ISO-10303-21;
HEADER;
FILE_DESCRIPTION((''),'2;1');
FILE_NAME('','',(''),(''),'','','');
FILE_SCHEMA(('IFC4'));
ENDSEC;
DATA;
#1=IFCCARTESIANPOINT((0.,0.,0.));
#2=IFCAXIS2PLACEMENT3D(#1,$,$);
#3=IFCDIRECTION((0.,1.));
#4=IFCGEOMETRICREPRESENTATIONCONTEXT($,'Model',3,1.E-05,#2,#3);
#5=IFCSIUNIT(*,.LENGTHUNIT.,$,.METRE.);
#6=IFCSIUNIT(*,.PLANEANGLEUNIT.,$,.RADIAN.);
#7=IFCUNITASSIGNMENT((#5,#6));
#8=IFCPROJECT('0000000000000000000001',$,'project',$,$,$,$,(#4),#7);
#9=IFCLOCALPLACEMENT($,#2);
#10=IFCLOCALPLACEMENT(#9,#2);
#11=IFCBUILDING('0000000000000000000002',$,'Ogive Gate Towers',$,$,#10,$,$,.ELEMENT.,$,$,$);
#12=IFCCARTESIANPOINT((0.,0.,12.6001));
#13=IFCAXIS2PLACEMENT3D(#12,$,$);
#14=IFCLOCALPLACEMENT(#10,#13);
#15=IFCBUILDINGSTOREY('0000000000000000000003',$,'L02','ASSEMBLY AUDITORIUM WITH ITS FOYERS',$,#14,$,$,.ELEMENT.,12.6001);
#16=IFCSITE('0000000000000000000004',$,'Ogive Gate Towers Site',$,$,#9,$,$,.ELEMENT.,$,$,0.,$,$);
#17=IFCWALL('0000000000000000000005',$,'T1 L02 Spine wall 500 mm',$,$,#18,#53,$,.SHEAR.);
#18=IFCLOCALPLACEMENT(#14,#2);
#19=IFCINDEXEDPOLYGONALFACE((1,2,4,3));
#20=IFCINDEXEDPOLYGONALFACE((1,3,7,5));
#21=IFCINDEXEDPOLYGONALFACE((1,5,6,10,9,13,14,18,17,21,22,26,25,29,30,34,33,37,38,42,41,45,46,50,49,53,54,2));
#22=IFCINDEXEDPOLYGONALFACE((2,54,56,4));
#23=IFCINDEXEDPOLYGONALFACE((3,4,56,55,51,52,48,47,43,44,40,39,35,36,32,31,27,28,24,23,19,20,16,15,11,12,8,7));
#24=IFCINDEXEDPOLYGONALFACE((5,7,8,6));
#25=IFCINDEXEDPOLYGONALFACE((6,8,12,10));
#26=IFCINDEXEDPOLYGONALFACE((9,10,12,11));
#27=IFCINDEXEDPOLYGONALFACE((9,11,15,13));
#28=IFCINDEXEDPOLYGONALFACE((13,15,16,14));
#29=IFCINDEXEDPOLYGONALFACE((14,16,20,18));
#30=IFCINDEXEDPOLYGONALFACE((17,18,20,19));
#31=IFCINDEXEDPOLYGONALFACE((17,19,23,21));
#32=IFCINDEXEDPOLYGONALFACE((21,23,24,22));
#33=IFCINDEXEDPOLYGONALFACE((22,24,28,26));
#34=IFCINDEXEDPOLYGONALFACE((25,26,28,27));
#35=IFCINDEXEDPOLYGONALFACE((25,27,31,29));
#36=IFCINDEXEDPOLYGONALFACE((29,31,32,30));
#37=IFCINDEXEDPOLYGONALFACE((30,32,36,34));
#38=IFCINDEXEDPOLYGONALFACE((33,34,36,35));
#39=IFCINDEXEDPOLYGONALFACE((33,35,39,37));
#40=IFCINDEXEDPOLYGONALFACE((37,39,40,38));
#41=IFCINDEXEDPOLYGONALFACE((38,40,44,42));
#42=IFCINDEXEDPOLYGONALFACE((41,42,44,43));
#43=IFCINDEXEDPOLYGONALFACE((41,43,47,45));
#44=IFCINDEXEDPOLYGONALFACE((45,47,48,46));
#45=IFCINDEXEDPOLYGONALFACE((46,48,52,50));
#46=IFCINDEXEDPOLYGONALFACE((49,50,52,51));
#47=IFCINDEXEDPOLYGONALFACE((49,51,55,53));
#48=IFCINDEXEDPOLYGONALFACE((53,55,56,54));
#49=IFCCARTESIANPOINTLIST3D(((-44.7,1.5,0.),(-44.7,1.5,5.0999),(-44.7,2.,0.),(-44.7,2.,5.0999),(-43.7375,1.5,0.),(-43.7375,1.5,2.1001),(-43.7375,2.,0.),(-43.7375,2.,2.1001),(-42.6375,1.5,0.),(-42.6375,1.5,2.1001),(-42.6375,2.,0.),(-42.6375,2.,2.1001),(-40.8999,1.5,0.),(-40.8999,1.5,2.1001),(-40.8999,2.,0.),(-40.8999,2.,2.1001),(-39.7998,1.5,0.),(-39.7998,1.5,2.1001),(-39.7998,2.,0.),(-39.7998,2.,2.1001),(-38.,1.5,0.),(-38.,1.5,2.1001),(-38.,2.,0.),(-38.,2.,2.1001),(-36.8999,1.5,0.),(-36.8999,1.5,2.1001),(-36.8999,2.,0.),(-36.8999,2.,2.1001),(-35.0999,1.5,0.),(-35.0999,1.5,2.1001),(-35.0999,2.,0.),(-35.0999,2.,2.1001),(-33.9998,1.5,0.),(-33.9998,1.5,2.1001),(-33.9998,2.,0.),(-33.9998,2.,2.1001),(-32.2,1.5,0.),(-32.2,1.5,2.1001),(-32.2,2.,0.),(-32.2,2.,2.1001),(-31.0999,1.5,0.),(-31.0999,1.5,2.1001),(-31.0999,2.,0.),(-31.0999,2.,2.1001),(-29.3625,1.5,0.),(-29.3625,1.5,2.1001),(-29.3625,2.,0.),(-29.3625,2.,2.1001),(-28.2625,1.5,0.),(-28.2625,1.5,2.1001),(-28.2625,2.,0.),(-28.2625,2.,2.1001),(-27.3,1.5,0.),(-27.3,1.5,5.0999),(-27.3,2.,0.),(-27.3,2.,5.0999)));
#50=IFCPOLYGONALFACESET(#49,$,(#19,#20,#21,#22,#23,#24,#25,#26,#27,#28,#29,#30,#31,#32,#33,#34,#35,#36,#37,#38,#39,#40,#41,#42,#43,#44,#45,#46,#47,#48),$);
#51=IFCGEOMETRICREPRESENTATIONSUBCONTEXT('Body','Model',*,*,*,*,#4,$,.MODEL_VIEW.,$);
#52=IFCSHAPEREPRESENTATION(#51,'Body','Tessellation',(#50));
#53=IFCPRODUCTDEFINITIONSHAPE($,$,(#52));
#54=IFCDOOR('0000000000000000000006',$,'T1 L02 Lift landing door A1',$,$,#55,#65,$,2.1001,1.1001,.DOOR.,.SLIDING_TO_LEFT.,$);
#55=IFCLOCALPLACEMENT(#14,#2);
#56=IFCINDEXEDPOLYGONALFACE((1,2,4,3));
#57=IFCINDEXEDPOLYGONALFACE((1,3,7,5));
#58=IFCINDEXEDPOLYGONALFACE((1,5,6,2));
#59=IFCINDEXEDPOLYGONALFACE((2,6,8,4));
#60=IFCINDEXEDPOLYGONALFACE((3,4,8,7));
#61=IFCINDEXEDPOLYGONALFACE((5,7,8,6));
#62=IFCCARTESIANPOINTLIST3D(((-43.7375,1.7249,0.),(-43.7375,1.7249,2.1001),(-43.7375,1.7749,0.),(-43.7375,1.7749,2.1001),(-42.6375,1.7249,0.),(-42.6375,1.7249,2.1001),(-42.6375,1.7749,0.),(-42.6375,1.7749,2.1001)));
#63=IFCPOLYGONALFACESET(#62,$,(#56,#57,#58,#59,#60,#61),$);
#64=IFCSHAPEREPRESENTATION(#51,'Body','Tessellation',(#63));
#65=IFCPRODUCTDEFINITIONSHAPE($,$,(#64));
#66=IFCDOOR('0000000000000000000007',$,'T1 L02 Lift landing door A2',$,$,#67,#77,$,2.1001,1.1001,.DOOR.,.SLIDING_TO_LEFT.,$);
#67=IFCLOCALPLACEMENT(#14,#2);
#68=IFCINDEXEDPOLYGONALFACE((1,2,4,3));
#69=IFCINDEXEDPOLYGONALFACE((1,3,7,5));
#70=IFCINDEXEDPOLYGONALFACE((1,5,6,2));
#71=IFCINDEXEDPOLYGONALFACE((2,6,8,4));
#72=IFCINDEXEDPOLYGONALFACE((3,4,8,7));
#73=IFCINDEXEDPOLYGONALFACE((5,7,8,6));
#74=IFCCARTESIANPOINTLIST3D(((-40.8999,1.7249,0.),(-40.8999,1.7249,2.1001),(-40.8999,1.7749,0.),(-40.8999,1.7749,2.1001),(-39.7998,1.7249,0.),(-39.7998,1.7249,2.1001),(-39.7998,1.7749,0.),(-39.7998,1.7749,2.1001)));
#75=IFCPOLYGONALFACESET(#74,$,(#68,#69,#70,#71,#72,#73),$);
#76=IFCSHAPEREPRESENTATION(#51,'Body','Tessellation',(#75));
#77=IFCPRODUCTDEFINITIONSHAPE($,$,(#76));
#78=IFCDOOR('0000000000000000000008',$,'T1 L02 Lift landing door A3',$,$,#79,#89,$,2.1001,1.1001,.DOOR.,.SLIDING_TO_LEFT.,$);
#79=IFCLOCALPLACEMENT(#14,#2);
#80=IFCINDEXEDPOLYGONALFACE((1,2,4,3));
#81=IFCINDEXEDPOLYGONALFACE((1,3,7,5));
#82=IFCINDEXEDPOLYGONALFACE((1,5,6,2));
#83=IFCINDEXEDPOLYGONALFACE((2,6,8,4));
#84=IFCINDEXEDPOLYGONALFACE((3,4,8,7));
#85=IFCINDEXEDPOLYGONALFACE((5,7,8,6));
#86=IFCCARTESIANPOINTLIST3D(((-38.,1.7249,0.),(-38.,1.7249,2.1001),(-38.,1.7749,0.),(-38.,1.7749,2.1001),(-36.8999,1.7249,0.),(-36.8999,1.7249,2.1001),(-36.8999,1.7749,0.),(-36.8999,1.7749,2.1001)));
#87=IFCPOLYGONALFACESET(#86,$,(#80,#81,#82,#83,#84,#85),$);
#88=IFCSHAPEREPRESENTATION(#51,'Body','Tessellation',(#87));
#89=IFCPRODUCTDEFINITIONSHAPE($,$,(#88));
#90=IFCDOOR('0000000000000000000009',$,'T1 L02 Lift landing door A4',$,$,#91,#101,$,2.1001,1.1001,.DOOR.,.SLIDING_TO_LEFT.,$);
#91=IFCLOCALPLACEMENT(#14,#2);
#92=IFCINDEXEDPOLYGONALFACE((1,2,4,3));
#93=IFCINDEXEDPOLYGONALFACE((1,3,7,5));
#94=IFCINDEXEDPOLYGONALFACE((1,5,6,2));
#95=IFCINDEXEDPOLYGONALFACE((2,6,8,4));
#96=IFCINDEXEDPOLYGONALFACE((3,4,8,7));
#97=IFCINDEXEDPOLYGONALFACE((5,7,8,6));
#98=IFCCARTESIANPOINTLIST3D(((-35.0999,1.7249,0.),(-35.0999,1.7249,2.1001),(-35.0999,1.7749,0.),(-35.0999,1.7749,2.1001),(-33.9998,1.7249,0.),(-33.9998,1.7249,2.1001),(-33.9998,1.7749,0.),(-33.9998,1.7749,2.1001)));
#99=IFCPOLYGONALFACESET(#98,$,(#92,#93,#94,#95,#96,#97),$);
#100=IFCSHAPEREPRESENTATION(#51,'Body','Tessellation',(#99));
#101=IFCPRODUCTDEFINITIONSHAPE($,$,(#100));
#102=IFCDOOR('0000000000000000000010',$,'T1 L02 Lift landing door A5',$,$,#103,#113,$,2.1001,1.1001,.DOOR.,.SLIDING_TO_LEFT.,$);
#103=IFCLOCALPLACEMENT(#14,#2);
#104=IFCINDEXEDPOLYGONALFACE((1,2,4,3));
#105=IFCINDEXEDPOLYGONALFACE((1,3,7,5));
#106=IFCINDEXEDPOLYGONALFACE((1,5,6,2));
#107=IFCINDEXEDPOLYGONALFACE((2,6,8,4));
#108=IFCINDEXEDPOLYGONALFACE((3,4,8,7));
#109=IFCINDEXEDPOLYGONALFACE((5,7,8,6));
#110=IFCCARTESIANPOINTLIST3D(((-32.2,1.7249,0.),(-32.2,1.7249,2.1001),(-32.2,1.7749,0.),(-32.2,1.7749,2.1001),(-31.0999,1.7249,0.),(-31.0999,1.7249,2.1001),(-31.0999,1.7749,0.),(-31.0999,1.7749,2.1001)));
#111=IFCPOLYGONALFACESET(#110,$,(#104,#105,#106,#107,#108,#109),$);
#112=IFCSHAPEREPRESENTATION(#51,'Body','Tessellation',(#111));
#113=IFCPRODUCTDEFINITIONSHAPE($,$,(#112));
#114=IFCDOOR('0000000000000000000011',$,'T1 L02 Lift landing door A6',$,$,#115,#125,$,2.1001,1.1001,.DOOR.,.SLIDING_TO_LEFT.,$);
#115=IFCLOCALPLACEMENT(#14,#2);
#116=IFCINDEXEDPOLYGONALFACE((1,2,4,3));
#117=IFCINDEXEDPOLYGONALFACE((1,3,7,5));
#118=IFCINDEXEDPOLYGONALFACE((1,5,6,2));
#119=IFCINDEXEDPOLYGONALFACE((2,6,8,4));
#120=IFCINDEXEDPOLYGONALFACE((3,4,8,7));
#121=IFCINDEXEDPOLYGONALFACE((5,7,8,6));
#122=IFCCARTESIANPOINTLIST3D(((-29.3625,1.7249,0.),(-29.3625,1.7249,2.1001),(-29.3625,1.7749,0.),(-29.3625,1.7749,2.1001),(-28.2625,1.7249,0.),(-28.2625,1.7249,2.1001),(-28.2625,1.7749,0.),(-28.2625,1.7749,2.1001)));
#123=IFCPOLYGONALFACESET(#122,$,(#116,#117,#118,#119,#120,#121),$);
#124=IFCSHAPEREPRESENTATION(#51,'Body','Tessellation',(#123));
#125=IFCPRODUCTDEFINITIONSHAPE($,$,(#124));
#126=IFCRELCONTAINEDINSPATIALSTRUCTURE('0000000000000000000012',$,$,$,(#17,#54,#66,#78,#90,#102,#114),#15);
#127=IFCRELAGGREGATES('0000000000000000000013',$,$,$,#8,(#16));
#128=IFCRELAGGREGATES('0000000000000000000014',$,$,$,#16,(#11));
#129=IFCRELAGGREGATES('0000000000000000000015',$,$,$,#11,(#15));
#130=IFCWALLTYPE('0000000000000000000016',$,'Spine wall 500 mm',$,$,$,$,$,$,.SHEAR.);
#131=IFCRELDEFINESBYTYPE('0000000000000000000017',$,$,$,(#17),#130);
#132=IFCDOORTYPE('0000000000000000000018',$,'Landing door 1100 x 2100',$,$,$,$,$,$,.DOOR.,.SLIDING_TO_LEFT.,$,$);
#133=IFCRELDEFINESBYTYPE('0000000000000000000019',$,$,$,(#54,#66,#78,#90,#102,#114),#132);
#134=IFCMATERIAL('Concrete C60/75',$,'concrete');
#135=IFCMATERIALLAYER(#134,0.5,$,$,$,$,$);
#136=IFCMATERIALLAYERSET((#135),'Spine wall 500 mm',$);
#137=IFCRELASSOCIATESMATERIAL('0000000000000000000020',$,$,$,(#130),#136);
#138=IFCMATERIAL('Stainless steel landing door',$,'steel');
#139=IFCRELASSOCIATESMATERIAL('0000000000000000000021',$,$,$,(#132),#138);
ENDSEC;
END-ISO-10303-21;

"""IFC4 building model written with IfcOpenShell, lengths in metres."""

from ifc_helpers import new_model, si_unit, direction, frame, frame_2d, origin, place, context, subcontext, project, spatial, rectangle, extrude, material, layer, layer_set, type_object, element, fill, save


model = new_model("IFC4")

# Units and contexts
model_context = context("Model", 3, precision=1e-05, world=origin(), true_north=direction((0.0, 1.0)))
body_context = subcontext(model_context, "Body", "Model", "MODEL_VIEW")
ifc_project = project(units=[si_unit("LENGTHUNIT", "METRE"), si_unit("PLANEANGLEUNIT", "RADIAN")], contexts=[model_context])

# Site, building, storey
site_placement = place(None, origin())
site = spatial("IfcSite", under=ifc_project, at=site_placement, Name="Ogive Gate Towers Site", CompositionType="ELEMENT", RefElevation=0.0)
building_placement = place(site_placement, origin())
building = spatial("IfcBuilding", under=site, at=building_placement, Name="Ogive Gate Towers", CompositionType="ELEMENT")
storey_placement = place(building_placement, frame((0.0, 0.0, 12.6001)))
storey = spatial("IfcBuildingStorey", under=building, at=storey_placement, Name="L02", Description="ASSEMBLY AUDITORIUM WITH ITS FOYERS", CompositionType="ELEMENT", Elevation=12.6001)

# Shared definitions
ifc_material_1 = material(Name="Concrete C60/75", Category="concrete")

# Wall, openings, doors
ifc_layer_1 = layer(ifc_material_1, 0.5)
ifc_layer_set_1 = layer_set([ifc_layer_1], Name="Spine wall 500 mm")
wall_type_1 = type_object("IfcWallType", Name="Spine wall 500 mm", PredefinedType="SHEAR", material=ifc_layer_set_1)
ifc_material_2 = material(Name="Stainless steel landing door", Category="steel")
wall_1_placement = place(storey_placement, frame((-44.7, 1.75, 0.0), z_axis=(0.0, 0.0, 1.0), x_axis=(1.0, 0.0, 0.0)))
wall_1 = element("IfcWall", 1, at=wall_1_placement, inside=storey, type_object=wall_type_1, Name="T1 L02 Spine wall 500 mm", PredefinedType="SHEAR", context=body_context, shape_type="SweptSolid", body=[
    extrude(rectangle(XDim=17.3999, YDim=0.5, at=frame_2d((8.7, 0.0))), origin(), (0.0, 0.0, 1.0), 5.0999),
])
opening_1_placement = place(wall_1_placement, frame((0.9624, 0.0, 0.0)))
opening_1 = element("IfcOpeningElement", 2, at=opening_1_placement, cuts=wall_1, PredefinedType="OPENING", context=body_context, shape_type="SweptSolid", body=[
    extrude(rectangle(XDim=1.1001, YDim=2.1001, at=frame_2d((0.55, 1.05))), frame((0.0, 0.26, 0.0), z_axis=(0.0, -1.0, 0.0), x_axis=(1.0, 0.0, 0.0)), (0.0, 0.0, 1.0), 0.52),
])
opening_2_placement = place(wall_1_placement, frame((3.8, 0.0, 0.0)))
opening_2 = element("IfcOpeningElement", 3, at=opening_2_placement, cuts=wall_1, PredefinedType="OPENING", context=body_context, shape_type="SweptSolid", body=[
    extrude(rectangle(XDim=1.1001, YDim=2.1001, at=frame_2d((0.55, 1.05))), frame((0.0, 0.26, 0.0), z_axis=(0.0, -1.0, 0.0), x_axis=(1.0, 0.0, 0.0)), (0.0, 0.0, 1.0), 0.52),
])
opening_3_placement = place(wall_1_placement, frame((6.7, 0.0, 0.0)))
opening_3 = element("IfcOpeningElement", 4, at=opening_3_placement, cuts=wall_1, PredefinedType="OPENING", context=body_context, shape_type="SweptSolid", body=[
    extrude(rectangle(XDim=1.1001, YDim=2.1001, at=frame_2d((0.55, 1.05))), frame((0.0, 0.26, 0.0), z_axis=(0.0, -1.0, 0.0), x_axis=(1.0, 0.0, 0.0)), (0.0, 0.0, 1.0), 0.52),
])
opening_4_placement = place(wall_1_placement, frame((9.6001, 0.0, 0.0)))
opening_4 = element("IfcOpeningElement", 5, at=opening_4_placement, cuts=wall_1, PredefinedType="OPENING", context=body_context, shape_type="SweptSolid", body=[
    extrude(rectangle(XDim=1.1001, YDim=2.1001, at=frame_2d((0.55, 1.05))), frame((0.0, 0.26, 0.0), z_axis=(0.0, -1.0, 0.0), x_axis=(1.0, 0.0, 0.0)), (0.0, 0.0, 1.0), 0.52),
])
opening_5_placement = place(wall_1_placement, frame((12.5, 0.0, 0.0)))
opening_5 = element("IfcOpeningElement", 6, at=opening_5_placement, cuts=wall_1, PredefinedType="OPENING", context=body_context, shape_type="SweptSolid", body=[
    extrude(rectangle(XDim=1.1001, YDim=2.1001, at=frame_2d((0.55, 1.05))), frame((0.0, 0.26, 0.0), z_axis=(0.0, -1.0, 0.0), x_axis=(1.0, 0.0, 0.0)), (0.0, 0.0, 1.0), 0.52),
])
opening_6_placement = place(wall_1_placement, frame((15.3374, 0.0, 0.0)))
opening_6 = element("IfcOpeningElement", 7, at=opening_6_placement, cuts=wall_1, PredefinedType="OPENING", context=body_context, shape_type="SweptSolid", body=[
    extrude(rectangle(XDim=1.1001, YDim=2.1001, at=frame_2d((0.55, 1.05))), frame((0.0, 0.26, 0.0), z_axis=(0.0, -1.0, 0.0), x_axis=(1.0, 0.0, 0.0)), (0.0, 0.0, 1.0), 0.52),
])
door_type_1 = type_object("IfcDoorType", Name="Landing door 1100 x 2100", OperationType="SLIDING_TO_LEFT", PredefinedType="DOOR", material=ifc_material_2)
door_1_placement = place(opening_1_placement, origin())
door_1 = element("IfcDoor", 8, at=door_1_placement, inside=storey, type_object=door_type_1, Name="T1 L02 Lift landing door A1", OperationType="SLIDING_TO_LEFT", OverallHeight=2.1001, OverallWidth=1.1001, PredefinedType="DOOR", context=body_context, shape_type="SweptSolid", body=[
    extrude(rectangle(XDim=1.1001, YDim=2.1001, at=frame_2d((0.55, 1.05))), frame((0.0, 0.0249, 0.0), z_axis=(0.0, -1.0, 0.0), x_axis=(1.0, 0.0, 0.0)), (0.0, 0.0, 1.0), 0.05),
])
fill(opening_1, door_1)
door_2_placement = place(opening_2_placement, origin())
door_2 = element("IfcDoor", 9, at=door_2_placement, inside=storey, type_object=door_type_1, Name="T1 L02 Lift landing door A2", OperationType="SLIDING_TO_LEFT", OverallHeight=2.1001, OverallWidth=1.1001, PredefinedType="DOOR", context=body_context, shape_type="SweptSolid", body=[
    extrude(rectangle(XDim=1.1001, YDim=2.1001, at=frame_2d((0.55, 1.05))), frame((0.0, 0.0249, 0.0), z_axis=(0.0, -1.0, 0.0), x_axis=(1.0, 0.0, 0.0)), (0.0, 0.0, 1.0), 0.05),
])
fill(opening_2, door_2)
door_3_placement = place(opening_3_placement, origin())
door_3 = element("IfcDoor", 10, at=door_3_placement, inside=storey, type_object=door_type_1, Name="T1 L02 Lift landing door A3", OperationType="SLIDING_TO_LEFT", OverallHeight=2.1001, OverallWidth=1.1001, PredefinedType="DOOR", context=body_context, shape_type="SweptSolid", body=[
    extrude(rectangle(XDim=1.1001, YDim=2.1001, at=frame_2d((0.55, 1.05))), frame((0.0, 0.0249, 0.0), z_axis=(0.0, -1.0, 0.0), x_axis=(1.0, 0.0, 0.0)), (0.0, 0.0, 1.0), 0.05),
])
fill(opening_3, door_3)
door_4_placement = place(opening_4_placement, origin())
door_4 = element("IfcDoor", 11, at=door_4_placement, inside=storey, type_object=door_type_1, Name="T1 L02 Lift landing door A4", OperationType="SLIDING_TO_LEFT", OverallHeight=2.1001, OverallWidth=1.1001, PredefinedType="DOOR", context=body_context, shape_type="SweptSolid", body=[
    extrude(rectangle(XDim=1.1001, YDim=2.1001, at=frame_2d((0.55, 1.05))), frame((0.0, 0.0249, 0.0), z_axis=(0.0, -1.0, 0.0), x_axis=(1.0, 0.0, 0.0)), (0.0, 0.0, 1.0), 0.05),
])
fill(opening_4, door_4)
door_5_placement = place(opening_5_placement, origin())
door_5 = element("IfcDoor", 12, at=door_5_placement, inside=storey, type_object=door_type_1, Name="T1 L02 Lift landing door A5", OperationType="SLIDING_TO_LEFT", OverallHeight=2.1001, OverallWidth=1.1001, PredefinedType="DOOR", context=body_context, shape_type="SweptSolid", body=[
    extrude(rectangle(XDim=1.1001, YDim=2.1001, at=frame_2d((0.55, 1.05))), frame((0.0, 0.0249, 0.0), z_axis=(0.0, -1.0, 0.0), x_axis=(1.0, 0.0, 0.0)), (0.0, 0.0, 1.0), 0.05),
])
fill(opening_5, door_5)
door_6_placement = place(opening_6_placement, origin())
door_6 = element("IfcDoor", 13, at=door_6_placement, inside=storey, type_object=door_type_1, Name="T1 L02 Lift landing door A6", OperationType="SLIDING_TO_LEFT", OverallHeight=2.1001, OverallWidth=1.1001, PredefinedType="DOOR", context=body_context, shape_type="SweptSolid", body=[
    extrude(rectangle(XDim=1.1001, YDim=2.1001, at=frame_2d((0.55, 1.05))), frame((0.0, 0.0249, 0.0), z_axis=(0.0, -1.0, 0.0), x_axis=(1.0, 0.0, 0.0)), (0.0, 0.0, 1.0), 0.05),
])
fill(opening_6, door_6)

save(model, "model.ifc")
